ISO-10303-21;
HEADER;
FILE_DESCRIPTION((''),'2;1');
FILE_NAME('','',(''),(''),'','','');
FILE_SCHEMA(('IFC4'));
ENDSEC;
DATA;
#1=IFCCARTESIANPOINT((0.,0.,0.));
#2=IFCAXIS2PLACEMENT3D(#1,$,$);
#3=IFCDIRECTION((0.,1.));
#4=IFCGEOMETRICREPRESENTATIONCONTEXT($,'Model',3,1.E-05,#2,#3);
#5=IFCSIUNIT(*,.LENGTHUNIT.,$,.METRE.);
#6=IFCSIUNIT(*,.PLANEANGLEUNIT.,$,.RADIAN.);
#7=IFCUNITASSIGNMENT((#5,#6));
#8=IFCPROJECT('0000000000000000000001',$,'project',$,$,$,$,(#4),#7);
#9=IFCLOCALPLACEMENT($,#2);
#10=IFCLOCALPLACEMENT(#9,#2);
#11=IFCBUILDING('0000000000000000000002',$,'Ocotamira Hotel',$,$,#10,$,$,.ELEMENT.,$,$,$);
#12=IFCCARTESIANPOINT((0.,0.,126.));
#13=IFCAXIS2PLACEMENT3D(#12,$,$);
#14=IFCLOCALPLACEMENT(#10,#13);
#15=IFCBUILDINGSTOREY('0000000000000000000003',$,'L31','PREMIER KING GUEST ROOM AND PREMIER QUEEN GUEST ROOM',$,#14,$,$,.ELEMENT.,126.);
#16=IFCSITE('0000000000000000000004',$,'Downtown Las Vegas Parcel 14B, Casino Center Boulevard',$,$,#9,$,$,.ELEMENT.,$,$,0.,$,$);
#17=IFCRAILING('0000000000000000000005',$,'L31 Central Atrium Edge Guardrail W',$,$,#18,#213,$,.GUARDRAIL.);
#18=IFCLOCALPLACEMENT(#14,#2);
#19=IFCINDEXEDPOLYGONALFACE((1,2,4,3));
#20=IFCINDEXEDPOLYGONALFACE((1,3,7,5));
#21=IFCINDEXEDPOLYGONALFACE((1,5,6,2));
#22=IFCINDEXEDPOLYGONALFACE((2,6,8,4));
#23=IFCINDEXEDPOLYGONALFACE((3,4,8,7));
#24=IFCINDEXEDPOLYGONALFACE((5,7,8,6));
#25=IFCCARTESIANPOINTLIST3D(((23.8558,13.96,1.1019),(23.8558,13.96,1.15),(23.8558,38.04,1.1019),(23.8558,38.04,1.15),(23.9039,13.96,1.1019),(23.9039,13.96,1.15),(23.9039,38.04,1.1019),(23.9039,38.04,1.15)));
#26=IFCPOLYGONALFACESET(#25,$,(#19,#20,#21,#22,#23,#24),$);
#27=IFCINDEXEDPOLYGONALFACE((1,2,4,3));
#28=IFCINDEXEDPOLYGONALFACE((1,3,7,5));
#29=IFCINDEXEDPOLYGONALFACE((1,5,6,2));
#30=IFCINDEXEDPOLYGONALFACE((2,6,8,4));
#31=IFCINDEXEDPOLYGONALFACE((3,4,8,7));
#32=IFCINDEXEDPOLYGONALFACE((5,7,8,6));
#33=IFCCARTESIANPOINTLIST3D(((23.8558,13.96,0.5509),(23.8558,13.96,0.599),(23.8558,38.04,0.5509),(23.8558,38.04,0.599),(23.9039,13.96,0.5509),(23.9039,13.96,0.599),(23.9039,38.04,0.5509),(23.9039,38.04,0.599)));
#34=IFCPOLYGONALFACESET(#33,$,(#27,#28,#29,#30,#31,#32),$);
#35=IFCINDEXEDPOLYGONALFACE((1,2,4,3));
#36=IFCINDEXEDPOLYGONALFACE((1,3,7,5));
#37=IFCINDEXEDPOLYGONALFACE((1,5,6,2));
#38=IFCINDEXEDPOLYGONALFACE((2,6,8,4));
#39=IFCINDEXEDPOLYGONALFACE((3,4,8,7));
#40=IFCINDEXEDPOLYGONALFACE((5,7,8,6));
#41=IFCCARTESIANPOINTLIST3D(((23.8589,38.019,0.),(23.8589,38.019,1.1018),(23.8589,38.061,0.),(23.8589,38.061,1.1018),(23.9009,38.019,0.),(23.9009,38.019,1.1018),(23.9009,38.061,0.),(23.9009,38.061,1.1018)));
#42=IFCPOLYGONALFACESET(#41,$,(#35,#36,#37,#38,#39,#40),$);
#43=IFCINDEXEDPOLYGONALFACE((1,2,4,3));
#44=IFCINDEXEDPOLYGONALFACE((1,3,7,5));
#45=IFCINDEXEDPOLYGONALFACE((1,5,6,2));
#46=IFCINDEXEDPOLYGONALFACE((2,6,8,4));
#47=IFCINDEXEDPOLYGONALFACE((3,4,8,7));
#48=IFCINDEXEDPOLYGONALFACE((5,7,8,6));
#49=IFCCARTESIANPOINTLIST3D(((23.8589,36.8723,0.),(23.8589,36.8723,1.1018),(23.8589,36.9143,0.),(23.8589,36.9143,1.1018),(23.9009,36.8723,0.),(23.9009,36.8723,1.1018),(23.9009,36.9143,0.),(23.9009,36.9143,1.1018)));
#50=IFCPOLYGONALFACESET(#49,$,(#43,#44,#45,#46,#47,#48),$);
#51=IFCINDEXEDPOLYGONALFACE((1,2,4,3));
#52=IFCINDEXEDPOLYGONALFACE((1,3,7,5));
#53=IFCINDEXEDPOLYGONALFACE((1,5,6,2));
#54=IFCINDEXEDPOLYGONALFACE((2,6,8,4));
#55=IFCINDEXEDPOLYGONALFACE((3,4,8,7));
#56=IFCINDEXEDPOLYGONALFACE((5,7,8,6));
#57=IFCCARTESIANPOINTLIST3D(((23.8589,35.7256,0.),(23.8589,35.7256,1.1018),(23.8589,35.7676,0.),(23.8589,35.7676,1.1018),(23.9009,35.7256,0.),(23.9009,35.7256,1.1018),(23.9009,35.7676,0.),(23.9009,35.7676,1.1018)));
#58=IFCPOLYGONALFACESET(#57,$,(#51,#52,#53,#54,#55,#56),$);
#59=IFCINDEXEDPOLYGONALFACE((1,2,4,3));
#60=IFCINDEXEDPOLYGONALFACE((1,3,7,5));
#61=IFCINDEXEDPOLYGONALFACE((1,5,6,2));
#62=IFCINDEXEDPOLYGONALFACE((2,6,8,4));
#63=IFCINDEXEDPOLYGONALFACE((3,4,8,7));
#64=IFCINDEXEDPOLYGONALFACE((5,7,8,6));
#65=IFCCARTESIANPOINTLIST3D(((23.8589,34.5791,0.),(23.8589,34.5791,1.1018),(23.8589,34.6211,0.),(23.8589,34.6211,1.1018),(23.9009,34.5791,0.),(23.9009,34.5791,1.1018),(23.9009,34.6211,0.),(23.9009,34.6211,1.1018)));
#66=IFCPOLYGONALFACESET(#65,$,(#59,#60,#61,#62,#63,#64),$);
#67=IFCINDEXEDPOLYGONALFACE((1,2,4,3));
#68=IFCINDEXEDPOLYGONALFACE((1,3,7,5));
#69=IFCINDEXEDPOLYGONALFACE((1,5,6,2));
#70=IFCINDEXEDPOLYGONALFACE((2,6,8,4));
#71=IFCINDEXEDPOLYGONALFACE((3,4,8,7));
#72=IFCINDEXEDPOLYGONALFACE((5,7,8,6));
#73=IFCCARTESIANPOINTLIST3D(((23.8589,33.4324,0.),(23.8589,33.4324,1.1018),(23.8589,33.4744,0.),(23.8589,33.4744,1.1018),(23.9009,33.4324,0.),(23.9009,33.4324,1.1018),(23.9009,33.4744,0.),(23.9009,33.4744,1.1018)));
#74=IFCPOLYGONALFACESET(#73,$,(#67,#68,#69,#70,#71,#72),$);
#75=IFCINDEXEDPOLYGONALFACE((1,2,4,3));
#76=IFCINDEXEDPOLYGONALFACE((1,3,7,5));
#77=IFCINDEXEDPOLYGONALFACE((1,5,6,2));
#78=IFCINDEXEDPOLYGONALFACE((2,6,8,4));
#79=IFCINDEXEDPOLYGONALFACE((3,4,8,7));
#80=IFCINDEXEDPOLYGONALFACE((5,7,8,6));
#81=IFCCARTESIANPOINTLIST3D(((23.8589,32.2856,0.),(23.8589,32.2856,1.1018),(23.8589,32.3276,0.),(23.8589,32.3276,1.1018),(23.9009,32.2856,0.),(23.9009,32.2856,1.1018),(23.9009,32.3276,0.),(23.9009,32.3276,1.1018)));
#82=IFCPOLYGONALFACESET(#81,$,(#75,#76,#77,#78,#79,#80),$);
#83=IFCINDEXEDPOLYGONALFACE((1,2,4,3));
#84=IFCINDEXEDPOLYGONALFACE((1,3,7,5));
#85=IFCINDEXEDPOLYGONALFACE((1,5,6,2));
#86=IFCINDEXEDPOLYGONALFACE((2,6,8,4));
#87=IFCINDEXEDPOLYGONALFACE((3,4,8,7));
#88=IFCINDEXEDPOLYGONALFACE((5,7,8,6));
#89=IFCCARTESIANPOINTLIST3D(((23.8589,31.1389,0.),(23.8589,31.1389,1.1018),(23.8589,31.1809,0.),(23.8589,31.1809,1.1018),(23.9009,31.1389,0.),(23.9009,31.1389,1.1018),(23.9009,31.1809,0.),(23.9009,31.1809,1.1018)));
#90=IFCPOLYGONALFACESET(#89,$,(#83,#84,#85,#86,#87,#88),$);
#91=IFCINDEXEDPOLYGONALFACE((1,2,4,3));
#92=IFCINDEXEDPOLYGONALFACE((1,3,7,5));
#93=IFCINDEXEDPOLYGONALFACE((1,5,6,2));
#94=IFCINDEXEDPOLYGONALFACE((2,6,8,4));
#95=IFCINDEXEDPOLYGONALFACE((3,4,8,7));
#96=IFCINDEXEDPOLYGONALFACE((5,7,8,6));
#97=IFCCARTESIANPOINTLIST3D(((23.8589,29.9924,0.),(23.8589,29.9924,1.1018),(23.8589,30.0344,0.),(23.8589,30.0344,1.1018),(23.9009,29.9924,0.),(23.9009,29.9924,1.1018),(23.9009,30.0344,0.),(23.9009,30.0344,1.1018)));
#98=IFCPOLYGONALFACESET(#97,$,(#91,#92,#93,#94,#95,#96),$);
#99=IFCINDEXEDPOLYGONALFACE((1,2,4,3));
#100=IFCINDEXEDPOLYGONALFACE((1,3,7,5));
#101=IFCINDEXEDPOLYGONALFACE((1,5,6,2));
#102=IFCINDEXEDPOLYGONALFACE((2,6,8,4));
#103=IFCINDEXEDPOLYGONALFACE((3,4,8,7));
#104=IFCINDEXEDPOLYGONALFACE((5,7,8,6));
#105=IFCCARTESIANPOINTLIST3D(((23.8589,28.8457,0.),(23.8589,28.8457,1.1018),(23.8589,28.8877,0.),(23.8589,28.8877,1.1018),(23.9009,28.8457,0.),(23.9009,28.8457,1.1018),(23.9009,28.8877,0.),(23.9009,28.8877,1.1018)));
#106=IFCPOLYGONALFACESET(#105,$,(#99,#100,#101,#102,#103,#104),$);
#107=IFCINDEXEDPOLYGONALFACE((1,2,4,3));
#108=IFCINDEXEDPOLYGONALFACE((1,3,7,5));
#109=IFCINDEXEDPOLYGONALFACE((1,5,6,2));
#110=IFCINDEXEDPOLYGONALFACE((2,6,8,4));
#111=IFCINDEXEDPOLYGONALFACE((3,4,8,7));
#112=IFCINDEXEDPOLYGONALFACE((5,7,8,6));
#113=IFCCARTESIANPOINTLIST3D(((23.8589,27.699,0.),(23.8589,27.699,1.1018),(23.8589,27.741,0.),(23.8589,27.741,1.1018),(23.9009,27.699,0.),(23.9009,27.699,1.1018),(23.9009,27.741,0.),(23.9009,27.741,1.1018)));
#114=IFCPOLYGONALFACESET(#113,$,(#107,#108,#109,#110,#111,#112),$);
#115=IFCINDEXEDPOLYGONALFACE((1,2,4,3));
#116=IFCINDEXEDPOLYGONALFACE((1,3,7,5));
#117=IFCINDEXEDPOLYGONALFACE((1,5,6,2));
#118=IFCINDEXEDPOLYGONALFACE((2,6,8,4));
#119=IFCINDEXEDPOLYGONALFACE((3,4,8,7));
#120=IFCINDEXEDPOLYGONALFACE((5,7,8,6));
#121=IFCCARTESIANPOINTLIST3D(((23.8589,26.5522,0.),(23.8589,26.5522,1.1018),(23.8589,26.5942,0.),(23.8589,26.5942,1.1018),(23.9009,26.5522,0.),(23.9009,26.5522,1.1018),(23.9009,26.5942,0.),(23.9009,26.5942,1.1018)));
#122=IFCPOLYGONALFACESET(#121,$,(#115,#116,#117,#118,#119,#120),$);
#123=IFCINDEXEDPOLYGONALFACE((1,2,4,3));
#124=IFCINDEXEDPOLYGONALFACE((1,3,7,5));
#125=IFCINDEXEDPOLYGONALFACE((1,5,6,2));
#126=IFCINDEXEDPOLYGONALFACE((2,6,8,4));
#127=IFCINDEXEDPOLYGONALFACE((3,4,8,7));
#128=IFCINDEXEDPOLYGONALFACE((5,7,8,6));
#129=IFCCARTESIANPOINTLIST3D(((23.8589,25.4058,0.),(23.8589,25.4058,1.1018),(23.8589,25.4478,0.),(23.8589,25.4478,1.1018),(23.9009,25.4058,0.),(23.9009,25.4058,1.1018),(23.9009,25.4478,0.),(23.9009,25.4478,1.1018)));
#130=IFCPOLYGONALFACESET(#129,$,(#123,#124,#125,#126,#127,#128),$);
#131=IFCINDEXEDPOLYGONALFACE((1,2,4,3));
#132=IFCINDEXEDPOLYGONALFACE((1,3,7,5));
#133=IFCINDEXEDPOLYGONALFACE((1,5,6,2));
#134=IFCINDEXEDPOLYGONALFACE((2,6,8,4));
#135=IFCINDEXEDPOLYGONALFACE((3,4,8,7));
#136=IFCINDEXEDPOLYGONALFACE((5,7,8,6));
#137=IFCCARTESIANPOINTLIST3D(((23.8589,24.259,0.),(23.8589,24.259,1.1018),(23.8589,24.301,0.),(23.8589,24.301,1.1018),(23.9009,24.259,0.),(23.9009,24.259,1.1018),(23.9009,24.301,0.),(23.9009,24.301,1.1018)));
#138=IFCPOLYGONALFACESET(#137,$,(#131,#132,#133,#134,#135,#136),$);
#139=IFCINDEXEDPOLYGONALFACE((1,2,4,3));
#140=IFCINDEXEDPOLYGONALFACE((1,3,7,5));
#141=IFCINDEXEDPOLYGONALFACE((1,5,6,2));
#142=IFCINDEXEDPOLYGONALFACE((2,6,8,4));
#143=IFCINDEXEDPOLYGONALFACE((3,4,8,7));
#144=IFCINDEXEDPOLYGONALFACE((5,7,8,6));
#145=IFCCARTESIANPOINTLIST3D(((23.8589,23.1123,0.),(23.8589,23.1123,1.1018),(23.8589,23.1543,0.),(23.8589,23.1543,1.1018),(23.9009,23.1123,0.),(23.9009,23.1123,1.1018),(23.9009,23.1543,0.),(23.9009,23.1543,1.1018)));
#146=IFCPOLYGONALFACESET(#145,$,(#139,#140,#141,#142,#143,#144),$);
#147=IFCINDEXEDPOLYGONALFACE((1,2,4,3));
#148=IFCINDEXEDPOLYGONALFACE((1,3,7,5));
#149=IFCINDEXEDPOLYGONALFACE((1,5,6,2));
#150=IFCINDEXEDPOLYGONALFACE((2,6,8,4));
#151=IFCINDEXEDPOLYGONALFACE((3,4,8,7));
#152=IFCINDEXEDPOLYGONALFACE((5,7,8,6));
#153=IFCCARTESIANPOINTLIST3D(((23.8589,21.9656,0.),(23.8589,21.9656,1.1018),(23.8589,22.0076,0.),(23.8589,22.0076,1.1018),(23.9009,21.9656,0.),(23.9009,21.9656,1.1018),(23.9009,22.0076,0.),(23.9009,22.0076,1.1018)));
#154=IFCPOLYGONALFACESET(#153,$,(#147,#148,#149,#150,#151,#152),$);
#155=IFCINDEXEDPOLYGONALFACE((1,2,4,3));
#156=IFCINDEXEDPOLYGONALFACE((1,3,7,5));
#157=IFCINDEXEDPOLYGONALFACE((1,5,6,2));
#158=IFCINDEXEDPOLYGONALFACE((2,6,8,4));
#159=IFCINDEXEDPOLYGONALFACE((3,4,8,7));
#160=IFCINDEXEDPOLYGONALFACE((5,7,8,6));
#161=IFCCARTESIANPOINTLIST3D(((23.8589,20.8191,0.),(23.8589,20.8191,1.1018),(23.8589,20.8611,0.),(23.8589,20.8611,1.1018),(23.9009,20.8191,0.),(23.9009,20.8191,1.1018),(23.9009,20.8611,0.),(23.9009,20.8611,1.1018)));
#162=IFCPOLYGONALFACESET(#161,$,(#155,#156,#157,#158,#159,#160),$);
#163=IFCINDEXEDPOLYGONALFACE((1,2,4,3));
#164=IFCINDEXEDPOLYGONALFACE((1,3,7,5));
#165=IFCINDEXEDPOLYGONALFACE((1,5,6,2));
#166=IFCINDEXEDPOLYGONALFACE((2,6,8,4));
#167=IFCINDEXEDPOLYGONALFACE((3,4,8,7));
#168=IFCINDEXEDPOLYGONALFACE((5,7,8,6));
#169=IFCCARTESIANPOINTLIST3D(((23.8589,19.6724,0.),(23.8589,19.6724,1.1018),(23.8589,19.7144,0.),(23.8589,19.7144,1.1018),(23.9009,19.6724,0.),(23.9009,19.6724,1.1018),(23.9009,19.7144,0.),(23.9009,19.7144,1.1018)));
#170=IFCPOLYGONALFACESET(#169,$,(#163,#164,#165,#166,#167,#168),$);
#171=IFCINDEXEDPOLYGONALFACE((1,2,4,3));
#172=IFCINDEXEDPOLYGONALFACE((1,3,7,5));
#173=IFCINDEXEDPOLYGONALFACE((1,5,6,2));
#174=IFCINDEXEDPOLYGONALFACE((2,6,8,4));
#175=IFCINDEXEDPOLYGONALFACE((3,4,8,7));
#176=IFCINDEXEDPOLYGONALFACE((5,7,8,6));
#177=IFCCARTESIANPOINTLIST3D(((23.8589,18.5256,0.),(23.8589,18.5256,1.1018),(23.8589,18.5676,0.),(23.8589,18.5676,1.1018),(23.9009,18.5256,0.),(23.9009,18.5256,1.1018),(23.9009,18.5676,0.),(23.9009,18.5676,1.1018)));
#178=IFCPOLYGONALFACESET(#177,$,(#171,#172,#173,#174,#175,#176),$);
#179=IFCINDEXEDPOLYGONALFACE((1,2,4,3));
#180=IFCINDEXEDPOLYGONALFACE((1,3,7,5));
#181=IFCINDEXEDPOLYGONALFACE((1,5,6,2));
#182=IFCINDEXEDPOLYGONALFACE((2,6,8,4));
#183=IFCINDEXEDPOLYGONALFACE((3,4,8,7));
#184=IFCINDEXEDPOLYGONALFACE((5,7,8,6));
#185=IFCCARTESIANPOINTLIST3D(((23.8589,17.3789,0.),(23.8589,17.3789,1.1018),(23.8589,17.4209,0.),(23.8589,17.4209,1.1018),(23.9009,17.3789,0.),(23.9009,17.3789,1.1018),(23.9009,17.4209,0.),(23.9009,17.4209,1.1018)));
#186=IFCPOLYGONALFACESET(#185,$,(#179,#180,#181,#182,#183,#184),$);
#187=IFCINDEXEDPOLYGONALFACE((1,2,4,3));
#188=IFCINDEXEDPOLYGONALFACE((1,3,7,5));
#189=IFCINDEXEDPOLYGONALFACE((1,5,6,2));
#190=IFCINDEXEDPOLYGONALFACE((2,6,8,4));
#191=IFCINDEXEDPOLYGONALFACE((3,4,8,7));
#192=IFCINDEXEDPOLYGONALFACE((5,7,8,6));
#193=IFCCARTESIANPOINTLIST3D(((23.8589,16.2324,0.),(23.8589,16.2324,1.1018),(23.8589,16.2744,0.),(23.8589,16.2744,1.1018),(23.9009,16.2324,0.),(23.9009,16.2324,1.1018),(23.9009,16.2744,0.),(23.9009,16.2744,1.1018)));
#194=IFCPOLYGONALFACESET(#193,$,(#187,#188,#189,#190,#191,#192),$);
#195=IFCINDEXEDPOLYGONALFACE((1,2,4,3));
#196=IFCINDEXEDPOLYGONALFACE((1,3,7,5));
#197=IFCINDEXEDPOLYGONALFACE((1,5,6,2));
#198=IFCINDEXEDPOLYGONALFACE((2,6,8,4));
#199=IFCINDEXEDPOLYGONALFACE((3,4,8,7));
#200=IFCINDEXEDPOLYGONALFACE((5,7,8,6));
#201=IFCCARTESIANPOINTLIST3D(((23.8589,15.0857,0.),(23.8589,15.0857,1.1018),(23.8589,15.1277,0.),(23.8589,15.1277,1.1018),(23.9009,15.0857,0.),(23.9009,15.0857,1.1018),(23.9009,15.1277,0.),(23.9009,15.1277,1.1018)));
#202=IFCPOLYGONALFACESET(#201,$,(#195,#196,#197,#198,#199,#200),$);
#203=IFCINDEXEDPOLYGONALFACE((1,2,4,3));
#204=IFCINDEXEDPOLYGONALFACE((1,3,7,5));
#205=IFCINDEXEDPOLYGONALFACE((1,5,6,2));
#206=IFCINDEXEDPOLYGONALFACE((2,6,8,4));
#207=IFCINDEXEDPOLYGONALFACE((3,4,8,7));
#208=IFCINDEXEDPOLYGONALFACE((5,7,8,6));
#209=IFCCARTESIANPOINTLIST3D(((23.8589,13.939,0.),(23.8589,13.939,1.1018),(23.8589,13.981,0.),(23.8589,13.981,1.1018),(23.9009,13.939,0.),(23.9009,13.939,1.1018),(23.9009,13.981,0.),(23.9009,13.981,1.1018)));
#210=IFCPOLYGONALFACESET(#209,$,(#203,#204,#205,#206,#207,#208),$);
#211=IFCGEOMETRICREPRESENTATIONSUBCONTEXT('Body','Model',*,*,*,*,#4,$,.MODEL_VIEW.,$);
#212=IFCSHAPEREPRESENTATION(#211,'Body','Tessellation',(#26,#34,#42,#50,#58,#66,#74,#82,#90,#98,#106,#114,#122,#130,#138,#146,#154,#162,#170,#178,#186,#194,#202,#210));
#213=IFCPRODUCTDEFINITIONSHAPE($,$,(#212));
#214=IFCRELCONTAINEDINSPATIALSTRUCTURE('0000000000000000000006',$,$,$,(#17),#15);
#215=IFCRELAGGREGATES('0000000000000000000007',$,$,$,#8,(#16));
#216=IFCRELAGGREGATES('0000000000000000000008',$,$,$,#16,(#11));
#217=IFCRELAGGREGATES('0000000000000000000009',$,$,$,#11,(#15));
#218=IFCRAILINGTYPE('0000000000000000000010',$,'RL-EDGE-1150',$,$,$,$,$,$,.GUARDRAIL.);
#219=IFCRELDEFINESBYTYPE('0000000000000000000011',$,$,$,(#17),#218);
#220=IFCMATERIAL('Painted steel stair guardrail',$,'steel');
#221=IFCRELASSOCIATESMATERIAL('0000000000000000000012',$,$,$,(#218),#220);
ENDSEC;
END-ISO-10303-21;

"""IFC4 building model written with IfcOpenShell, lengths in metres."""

from ifc_helpers import new_model, si_unit, direction, frame, origin, origin_2d, place, context, subcontext, project, spatial, rectangle, extrude, material, type_object, element, save


model = new_model("IFC4")

# Units and contexts
model_context = context("Model", 3, precision=1e-05, world=origin(), true_north=direction((0.0, 1.0)))
body_context = subcontext(model_context, "Body", "Model", "MODEL_VIEW")
ifc_project = project(units=[si_unit("LENGTHUNIT", "METRE"), si_unit("PLANEANGLEUNIT", "RADIAN")], contexts=[model_context])

# Site, building, storey
site_placement = place(None, origin())
site = spatial("IfcSite", under=ifc_project, at=site_placement, Name="Downtown Las Vegas Parcel 14B, Casino Center Boulevard", CompositionType="ELEMENT", RefElevation=0.0)
building_placement = place(site_placement, origin())
building = spatial("IfcBuilding", under=site, at=building_placement, Name="Ocotamira Hotel", CompositionType="ELEMENT")
storey_placement = place(building_placement, frame((0.0, 0.0, 126.0)))
storey = spatial("IfcBuildingStorey", under=building, at=storey_placement, Name="L31", Description="PREMIER KING GUEST ROOM AND PREMIER QUEEN GUEST ROOM", CompositionType="ELEMENT", Elevation=126.0)

# Railing
ifc_material_1 = material(Name="Painted steel stair guardrail", Category="steel")
railing_type = type_object("IfcRailingType", Name="RL-EDGE-1150", PredefinedType="GUARDRAIL", material=ifc_material_1)
railing_placement = place(storey_placement, frame((23.8799, 38.04, 0.0)))
element("IfcRailing", 1, at=railing_placement, inside=storey, type_object=railing_type, Name="L31 Central Atrium Edge Guardrail W", PredefinedType="GUARDRAIL", context=body_context, shape_type="SweptSolid", body=[
    extrude(rectangle(XDim=0.0481, YDim=0.0481, at=origin_2d()), frame((0.0, 0.0, 1.126), z_axis=(0.0, -1.0, 0.0), x_axis=(1.0, 0.0, 0.0)), (0.0, 0.0, 1.0), 24.0801),
    extrude(rectangle(XDim=0.0481, YDim=0.0481, at=origin_2d()), frame((0.0, 0.0, 0.575), z_axis=(0.0, -1.0, 0.0), x_axis=(1.0, 0.0, 0.0)), (0.0, 0.0, 1.0), 24.0801),
    extrude(rectangle(XDim=0.042, YDim=0.042, at=origin_2d()), origin(), (0.0, 0.0, 1.0), 1.1018),
    extrude(rectangle(XDim=0.042, YDim=0.042, at=origin_2d()), frame((0.0, -1.1467, 0.0)), (0.0, 0.0, 1.0), 1.1018),
    extrude(rectangle(XDim=0.042, YDim=0.042, at=origin_2d()), frame((0.0, -2.2935, 0.0)), (0.0, 0.0, 1.0), 1.1018),
    extrude(rectangle(XDim=0.042, YDim=0.042, at=origin_2d()), frame((0.0, -3.4399, 0.0)), (0.0, 0.0, 1.0), 1.1018),
    extrude(rectangle(XDim=0.042, YDim=0.042, at=origin_2d()), frame((0.0, -4.5867, 0.0)), (0.0, 0.0, 1.0), 1.1018),
    extrude(rectangle(XDim=0.042, YDim=0.042, at=origin_2d()), frame((0.0, -5.7334, 0.0)), (0.0, 0.0, 1.0), 1.1018),
    extrude(rectangle(XDim=0.042, YDim=0.042, at=origin_2d()), frame((0.0, -6.8801, 0.0)), (0.0, 0.0, 1.0), 1.1018),
    extrude(rectangle(XDim=0.042, YDim=0.042, at=origin_2d()), frame((0.0, -8.0266, 0.0)), (0.0, 0.0, 1.0), 1.1018),
    extrude(rectangle(XDim=0.042, YDim=0.042, at=origin_2d()), frame((0.0, -9.1733, 0.0)), (0.0, 0.0, 1.0), 1.1018),
    extrude(rectangle(XDim=0.042, YDim=0.042, at=origin_2d()), frame((0.0, -10.3201, 0.0)), (0.0, 0.0, 1.0), 1.1018),
    extrude(rectangle(XDim=0.042, YDim=0.042, at=origin_2d()), frame((0.0, -11.4668, 0.0)), (0.0, 0.0, 1.0), 1.1018),
    extrude(rectangle(XDim=0.042, YDim=0.042, at=origin_2d()), frame((0.0, -12.6133, 0.0)), (0.0, 0.0, 1.0), 1.1018),
    extrude(rectangle(XDim=0.042, YDim=0.042, at=origin_2d()), frame((0.0, -13.76, 0.0)), (0.0, 0.0, 1.0), 1.1018),
    extrude(rectangle(XDim=0.042, YDim=0.042, at=origin_2d()), frame((0.0, -14.9067, 0.0)), (0.0, 0.0, 1.0), 1.1018),
    extrude(rectangle(XDim=0.042, YDim=0.042, at=origin_2d()), frame((0.0, -16.0535, 0.0)), (0.0, 0.0, 1.0), 1.1018),
    extrude(rectangle(XDim=0.042, YDim=0.042, at=origin_2d()), frame((0.0, -17.2, 0.0)), (0.0, 0.0, 1.0), 1.1018),
    extrude(rectangle(XDim=0.042, YDim=0.042, at=origin_2d()), frame((0.0, -18.3467, 0.0)), (0.0, 0.0, 1.0), 1.1018),
    extrude(rectangle(XDim=0.042, YDim=0.042, at=origin_2d()), frame((0.0, -19.4934, 0.0)), (0.0, 0.0, 1.0), 1.1018),
    extrude(rectangle(XDim=0.042, YDim=0.042, at=origin_2d()), frame((0.0, -20.6401, 0.0)), (0.0, 0.0, 1.0), 1.1018),
    extrude(rectangle(XDim=0.042, YDim=0.042, at=origin_2d()), frame((0.0, -21.7866, 0.0)), (0.0, 0.0, 1.0), 1.1018),
    extrude(rectangle(XDim=0.042, YDim=0.042, at=origin_2d()), frame((0.0, -22.9333, 0.0)), (0.0, 0.0, 1.0), 1.1018),
    extrude(rectangle(XDim=0.042, YDim=0.042, at=origin_2d()), frame((0.0, -24.0801, 0.0)), (0.0, 0.0, 1.0), 1.1018),
])

save(model, "model.ifc")
